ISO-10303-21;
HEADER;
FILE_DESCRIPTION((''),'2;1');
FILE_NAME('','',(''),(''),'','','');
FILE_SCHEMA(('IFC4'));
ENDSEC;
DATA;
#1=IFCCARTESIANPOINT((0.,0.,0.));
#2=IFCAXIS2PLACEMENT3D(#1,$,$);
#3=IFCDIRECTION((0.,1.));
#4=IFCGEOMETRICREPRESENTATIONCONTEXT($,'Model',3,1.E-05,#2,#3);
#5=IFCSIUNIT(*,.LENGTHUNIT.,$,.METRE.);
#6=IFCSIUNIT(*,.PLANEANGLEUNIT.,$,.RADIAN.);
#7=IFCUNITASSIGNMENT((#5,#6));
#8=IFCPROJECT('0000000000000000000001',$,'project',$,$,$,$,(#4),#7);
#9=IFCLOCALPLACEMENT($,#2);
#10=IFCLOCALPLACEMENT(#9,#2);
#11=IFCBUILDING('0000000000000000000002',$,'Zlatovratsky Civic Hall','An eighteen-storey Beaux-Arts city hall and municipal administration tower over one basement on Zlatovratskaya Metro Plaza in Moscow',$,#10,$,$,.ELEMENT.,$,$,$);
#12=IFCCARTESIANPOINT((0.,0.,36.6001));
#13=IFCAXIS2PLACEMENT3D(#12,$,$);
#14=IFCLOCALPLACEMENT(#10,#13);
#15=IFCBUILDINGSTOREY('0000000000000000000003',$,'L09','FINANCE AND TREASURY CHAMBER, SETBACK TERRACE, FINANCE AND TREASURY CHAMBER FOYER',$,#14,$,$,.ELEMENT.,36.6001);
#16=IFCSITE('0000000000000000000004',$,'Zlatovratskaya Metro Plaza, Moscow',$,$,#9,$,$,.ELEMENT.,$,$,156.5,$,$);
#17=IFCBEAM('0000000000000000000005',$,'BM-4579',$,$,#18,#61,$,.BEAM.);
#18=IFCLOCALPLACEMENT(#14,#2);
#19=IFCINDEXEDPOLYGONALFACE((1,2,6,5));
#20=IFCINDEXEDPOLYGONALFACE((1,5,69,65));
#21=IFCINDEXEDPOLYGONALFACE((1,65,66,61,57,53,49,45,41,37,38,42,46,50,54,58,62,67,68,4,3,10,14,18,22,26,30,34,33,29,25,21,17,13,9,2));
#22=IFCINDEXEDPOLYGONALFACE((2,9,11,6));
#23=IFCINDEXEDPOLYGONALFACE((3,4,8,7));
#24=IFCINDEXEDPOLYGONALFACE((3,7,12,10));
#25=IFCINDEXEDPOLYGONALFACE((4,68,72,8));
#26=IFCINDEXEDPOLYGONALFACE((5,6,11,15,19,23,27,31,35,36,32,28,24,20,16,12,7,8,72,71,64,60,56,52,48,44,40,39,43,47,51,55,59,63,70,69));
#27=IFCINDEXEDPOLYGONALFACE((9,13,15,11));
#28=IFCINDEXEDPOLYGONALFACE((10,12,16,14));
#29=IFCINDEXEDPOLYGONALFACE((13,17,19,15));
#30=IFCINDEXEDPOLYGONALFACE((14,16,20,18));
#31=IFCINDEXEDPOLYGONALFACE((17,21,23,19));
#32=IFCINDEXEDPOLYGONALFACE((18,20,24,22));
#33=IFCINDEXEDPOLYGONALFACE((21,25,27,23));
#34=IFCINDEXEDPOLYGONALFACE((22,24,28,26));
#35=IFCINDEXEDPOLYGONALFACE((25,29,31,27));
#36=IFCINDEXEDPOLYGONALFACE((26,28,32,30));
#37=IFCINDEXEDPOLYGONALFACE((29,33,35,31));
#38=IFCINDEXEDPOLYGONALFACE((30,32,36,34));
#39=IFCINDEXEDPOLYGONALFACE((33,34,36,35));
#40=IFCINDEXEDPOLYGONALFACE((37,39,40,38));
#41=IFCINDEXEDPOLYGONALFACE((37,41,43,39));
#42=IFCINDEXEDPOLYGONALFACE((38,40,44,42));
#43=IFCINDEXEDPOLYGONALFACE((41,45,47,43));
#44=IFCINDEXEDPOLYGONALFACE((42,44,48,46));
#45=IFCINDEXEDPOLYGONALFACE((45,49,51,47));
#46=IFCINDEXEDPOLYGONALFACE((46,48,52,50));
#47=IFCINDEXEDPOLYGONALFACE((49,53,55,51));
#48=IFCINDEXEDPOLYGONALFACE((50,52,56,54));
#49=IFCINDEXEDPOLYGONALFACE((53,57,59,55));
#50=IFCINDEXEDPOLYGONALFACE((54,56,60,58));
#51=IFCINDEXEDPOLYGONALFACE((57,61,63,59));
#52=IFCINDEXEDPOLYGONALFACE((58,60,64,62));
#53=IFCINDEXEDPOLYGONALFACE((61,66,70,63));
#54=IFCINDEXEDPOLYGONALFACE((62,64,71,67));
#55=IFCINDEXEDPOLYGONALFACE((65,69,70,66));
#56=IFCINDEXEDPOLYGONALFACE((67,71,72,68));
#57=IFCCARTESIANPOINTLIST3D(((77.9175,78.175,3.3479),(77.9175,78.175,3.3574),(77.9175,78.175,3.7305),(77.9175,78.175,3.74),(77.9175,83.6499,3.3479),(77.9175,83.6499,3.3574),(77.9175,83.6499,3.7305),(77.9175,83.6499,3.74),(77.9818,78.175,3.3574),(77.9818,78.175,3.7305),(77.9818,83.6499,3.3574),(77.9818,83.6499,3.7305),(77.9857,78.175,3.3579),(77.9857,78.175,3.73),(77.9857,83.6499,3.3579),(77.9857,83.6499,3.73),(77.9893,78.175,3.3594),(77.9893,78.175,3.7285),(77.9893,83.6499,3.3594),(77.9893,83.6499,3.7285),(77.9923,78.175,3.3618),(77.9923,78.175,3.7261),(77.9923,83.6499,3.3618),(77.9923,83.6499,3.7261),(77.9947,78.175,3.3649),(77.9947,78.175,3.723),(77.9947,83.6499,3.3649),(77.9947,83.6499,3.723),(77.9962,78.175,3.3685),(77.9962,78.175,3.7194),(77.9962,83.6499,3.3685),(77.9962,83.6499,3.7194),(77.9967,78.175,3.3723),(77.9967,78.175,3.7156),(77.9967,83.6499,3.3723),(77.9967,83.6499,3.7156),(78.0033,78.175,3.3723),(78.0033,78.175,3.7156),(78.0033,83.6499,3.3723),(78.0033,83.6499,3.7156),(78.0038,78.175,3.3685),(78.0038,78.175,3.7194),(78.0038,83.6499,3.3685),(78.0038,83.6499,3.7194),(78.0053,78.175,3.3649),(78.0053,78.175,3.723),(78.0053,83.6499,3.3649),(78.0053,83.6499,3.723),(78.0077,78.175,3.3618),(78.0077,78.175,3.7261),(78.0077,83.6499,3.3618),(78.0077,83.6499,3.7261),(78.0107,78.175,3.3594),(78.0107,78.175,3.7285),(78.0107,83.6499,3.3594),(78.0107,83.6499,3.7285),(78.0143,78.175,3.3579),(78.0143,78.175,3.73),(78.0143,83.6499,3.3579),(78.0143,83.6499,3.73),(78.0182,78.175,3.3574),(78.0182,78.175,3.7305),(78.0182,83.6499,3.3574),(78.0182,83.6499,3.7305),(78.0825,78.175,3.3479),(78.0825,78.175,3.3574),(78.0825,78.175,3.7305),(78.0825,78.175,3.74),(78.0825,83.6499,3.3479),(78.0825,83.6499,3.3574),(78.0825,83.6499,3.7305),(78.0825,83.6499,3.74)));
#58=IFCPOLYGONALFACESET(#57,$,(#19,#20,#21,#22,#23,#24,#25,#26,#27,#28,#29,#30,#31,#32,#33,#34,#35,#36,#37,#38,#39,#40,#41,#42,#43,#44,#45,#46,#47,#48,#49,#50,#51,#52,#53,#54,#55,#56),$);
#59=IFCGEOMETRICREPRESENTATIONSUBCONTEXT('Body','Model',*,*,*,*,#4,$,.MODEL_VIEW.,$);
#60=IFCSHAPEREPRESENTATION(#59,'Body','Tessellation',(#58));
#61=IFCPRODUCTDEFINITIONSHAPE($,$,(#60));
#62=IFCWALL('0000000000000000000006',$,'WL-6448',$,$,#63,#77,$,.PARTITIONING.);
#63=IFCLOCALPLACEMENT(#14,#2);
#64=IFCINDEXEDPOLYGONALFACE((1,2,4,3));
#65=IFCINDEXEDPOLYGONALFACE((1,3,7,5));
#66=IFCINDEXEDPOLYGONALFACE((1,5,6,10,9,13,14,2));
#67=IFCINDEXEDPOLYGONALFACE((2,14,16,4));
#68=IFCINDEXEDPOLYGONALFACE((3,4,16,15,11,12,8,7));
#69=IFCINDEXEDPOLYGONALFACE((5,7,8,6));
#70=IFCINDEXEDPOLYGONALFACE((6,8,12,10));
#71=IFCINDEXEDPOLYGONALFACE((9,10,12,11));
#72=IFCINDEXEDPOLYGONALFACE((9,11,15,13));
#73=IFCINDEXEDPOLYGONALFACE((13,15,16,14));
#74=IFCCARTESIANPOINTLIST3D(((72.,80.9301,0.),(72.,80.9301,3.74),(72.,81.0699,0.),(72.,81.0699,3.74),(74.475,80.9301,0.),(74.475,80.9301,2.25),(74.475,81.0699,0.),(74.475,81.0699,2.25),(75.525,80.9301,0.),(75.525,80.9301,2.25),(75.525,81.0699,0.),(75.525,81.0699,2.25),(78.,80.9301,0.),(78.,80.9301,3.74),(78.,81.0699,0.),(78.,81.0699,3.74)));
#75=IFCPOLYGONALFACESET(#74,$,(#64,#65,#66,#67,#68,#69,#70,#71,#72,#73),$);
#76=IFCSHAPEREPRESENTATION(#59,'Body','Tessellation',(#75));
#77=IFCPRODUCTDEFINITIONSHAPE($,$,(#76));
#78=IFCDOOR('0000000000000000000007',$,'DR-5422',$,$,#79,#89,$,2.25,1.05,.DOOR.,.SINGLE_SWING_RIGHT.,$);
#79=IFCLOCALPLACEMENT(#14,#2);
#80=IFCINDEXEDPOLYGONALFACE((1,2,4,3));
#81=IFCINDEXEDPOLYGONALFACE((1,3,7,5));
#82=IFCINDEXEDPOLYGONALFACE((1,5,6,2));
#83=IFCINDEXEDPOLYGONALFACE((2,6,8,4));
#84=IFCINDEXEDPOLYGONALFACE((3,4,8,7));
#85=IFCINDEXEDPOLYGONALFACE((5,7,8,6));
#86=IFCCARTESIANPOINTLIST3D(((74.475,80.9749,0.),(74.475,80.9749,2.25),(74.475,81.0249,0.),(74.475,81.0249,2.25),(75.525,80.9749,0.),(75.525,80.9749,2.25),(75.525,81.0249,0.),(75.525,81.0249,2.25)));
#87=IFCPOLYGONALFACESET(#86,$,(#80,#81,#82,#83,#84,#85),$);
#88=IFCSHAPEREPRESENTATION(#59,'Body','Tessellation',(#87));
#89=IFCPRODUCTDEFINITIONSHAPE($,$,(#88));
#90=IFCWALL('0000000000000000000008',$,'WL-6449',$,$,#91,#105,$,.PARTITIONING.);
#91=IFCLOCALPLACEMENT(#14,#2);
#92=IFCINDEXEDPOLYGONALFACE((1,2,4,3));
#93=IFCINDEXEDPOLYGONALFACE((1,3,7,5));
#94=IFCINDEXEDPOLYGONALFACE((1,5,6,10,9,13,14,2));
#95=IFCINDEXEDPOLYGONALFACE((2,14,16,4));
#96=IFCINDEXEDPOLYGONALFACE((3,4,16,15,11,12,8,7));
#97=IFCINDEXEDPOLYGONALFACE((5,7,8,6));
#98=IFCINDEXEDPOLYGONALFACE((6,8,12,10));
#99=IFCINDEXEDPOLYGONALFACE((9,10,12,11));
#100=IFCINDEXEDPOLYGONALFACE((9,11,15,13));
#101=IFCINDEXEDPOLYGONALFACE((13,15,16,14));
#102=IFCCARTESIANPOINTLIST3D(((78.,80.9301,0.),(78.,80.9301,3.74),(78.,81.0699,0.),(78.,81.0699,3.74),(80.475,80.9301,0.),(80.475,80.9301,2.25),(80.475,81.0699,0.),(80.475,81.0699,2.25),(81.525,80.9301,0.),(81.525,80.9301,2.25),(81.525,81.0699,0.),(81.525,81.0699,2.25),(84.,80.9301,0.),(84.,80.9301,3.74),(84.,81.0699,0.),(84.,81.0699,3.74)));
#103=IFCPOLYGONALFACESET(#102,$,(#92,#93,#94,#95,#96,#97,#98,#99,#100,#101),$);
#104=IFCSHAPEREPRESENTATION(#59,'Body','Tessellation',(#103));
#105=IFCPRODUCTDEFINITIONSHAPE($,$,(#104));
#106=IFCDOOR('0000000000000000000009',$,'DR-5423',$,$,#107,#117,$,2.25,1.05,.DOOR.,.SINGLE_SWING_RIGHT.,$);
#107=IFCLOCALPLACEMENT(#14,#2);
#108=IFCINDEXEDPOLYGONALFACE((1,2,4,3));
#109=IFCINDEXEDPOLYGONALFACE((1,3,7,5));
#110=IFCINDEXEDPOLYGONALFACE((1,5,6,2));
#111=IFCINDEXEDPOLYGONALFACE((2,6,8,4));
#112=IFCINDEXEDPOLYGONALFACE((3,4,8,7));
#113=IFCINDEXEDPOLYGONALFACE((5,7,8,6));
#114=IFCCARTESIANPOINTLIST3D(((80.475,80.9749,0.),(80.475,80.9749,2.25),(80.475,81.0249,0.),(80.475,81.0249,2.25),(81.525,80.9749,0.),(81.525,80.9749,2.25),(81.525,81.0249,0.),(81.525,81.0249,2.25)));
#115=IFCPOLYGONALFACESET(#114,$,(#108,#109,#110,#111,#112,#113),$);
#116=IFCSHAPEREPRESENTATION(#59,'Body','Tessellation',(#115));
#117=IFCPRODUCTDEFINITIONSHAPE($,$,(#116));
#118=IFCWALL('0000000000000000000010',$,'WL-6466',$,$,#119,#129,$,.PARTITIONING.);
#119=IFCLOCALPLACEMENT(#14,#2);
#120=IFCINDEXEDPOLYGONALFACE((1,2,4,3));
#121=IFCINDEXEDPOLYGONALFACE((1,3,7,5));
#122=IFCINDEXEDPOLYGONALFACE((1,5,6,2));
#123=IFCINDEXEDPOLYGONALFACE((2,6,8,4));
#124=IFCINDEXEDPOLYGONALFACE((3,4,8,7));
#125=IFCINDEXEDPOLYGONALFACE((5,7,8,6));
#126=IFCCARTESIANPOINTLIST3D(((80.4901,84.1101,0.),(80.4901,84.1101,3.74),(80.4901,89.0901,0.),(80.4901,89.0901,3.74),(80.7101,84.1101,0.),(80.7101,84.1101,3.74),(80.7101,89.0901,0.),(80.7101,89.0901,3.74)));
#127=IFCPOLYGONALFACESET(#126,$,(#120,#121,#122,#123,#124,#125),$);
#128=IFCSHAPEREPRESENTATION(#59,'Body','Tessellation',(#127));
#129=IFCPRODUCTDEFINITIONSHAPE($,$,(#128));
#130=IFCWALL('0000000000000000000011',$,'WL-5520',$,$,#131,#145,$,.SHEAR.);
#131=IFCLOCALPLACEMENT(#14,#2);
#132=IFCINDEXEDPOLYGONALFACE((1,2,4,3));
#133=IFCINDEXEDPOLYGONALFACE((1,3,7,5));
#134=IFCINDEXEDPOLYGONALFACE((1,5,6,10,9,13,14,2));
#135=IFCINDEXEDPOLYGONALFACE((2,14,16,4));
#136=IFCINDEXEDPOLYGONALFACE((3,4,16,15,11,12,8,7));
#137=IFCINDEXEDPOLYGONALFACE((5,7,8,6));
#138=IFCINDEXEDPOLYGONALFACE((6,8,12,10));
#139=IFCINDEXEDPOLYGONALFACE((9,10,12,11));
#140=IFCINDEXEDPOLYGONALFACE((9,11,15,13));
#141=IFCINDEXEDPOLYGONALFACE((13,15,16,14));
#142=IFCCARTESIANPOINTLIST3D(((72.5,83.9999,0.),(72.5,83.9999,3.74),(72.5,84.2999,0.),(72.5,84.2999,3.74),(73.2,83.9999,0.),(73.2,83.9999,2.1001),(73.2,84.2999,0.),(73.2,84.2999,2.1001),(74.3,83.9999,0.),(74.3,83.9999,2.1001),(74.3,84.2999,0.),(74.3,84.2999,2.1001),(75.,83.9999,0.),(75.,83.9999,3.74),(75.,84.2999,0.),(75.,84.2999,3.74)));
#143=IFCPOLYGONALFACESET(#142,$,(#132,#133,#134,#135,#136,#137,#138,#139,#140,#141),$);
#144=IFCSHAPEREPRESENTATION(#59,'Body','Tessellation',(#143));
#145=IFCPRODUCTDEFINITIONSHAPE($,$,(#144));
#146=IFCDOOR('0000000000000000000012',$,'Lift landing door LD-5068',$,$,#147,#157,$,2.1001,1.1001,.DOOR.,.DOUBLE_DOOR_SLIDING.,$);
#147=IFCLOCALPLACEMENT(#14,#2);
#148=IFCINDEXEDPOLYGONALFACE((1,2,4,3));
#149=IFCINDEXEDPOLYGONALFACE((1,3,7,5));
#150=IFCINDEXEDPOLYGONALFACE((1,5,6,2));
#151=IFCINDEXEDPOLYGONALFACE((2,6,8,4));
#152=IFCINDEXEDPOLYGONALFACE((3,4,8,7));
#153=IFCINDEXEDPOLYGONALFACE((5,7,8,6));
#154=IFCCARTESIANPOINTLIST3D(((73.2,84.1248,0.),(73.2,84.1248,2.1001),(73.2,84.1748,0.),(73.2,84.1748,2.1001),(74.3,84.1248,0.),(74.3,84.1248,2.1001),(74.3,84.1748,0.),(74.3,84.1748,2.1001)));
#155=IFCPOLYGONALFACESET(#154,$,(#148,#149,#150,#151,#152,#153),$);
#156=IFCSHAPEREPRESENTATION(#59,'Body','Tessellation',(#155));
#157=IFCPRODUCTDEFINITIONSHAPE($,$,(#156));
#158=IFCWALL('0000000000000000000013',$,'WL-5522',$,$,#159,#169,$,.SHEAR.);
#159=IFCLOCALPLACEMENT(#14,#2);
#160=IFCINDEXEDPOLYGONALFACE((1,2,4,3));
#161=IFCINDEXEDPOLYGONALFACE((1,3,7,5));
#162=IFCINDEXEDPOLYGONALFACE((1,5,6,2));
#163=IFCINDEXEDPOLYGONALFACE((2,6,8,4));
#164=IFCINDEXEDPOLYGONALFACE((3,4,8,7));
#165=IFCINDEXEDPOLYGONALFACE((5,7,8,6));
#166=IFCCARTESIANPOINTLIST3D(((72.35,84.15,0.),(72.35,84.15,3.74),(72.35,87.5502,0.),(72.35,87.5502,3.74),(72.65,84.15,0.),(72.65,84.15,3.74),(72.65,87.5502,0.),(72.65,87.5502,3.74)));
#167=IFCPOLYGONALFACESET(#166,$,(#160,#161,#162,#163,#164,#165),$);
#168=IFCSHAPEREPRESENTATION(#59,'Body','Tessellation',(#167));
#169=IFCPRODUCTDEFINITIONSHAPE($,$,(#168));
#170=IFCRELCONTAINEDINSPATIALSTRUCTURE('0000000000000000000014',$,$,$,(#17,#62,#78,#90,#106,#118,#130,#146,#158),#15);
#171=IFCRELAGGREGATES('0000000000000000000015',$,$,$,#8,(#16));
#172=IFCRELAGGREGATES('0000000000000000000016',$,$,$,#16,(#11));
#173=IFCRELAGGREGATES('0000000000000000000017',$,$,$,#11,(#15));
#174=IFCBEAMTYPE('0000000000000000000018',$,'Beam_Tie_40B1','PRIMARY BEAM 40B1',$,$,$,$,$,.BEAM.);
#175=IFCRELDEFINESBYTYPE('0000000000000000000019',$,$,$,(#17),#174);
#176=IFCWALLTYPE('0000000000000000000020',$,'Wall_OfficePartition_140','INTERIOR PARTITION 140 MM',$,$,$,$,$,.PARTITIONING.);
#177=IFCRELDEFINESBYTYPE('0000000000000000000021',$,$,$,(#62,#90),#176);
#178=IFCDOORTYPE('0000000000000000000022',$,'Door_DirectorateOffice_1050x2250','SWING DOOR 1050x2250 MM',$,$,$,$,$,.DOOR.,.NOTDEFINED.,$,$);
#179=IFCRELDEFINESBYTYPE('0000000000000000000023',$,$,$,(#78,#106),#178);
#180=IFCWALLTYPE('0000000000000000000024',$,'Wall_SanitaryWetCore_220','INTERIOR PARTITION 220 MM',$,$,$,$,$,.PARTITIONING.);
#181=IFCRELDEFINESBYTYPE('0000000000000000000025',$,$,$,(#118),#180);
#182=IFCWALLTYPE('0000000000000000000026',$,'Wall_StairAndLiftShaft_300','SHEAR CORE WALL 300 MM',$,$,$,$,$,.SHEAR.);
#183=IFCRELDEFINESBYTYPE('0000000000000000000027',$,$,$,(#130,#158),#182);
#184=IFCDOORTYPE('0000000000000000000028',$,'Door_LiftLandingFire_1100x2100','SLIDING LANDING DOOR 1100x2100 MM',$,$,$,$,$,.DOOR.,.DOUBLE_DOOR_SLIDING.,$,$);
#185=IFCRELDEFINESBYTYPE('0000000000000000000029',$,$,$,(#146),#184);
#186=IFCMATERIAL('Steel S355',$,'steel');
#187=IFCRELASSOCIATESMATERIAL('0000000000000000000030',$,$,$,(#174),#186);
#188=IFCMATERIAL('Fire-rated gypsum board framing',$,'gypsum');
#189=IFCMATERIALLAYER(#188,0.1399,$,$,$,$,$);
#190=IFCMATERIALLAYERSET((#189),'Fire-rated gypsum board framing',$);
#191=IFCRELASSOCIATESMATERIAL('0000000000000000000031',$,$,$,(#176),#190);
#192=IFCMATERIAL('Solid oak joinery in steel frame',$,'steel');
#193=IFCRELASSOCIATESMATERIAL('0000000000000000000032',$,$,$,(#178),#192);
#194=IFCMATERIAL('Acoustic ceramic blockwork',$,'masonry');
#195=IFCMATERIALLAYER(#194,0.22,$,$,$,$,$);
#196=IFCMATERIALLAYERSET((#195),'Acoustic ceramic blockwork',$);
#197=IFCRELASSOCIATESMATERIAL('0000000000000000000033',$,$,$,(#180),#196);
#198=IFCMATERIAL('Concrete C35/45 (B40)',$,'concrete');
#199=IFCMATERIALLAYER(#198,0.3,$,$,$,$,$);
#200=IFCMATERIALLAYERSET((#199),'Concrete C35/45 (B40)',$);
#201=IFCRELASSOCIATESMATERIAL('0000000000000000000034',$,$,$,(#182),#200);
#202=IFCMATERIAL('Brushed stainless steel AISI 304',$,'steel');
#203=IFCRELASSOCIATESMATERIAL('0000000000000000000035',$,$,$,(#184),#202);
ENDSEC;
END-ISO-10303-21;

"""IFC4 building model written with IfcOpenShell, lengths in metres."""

from ifc_helpers import new_model, si_unit, direction, frame, frame_2d, origin, origin_2d, place, context, subcontext, project, spatial, rectangle, i_section, extrude, material, layer, layer_set, material_profile, profile_set, type_object, element, fill, save


model = new_model("IFC4")

# Units and contexts
model_context = context("Model", 3, precision=1e-05, world=origin(), true_north=direction((0.0, 1.0)))
body_context = subcontext(model_context, "Body", "Model", "MODEL_VIEW")
ifc_project = project(units=[si_unit("LENGTHUNIT", "METRE"), si_unit("PLANEANGLEUNIT", "RADIAN")], contexts=[model_context])

# Site, building, storey
site_placement = place(None, origin())
site = spatial("IfcSite", under=ifc_project, at=site_placement, Name="Zlatovratskaya Metro Plaza, Moscow", CompositionType="ELEMENT", RefElevation=156.5)
building_placement = place(site_placement, origin())
building = spatial("IfcBuilding", under=site, at=building_placement, Name="Zlatovratsky Civic Hall", Description="An eighteen-storey Beaux-Arts city hall and municipal administration tower over one basement on Zlatovratskaya Metro Plaza in Moscow", CompositionType="ELEMENT")
storey_placement = place(building_placement, frame((0.0, 0.0, 36.6001)))
storey = spatial("IfcBuildingStorey", under=building, at=storey_placement, Name="L09", Description="FINANCE AND TREASURY CHAMBER, SETBACK TERRACE, FINANCE AND TREASURY CHAMBER FOYER", CompositionType="ELEMENT", Elevation=36.6001)

# Shared definitions
ifc_material_1 = material(Name="Concrete C35/45 (B40)", Category="concrete")
ifc_material_2 = material(Name="Steel S355", Category="steel")

# Beam
ifc_material_profile_1 = material_profile(ifc_material_2, i_section(OverallWidth=0.165, OverallDepth=0.3921, WebThickness=0.0066, FlangeThickness=0.0095, FilletRadius=0.0149, at=origin_2d()), Name="40B1")
ifc_profile_set_1 = profile_set([ifc_material_profile_1], Name="Steel S355")
beam_type = type_object("IfcBeamType", Name="Beam_Tie_40B1", Description="PRIMARY BEAM 40B1", PredefinedType="BEAM", material=ifc_profile_set_1)
beam_1_placement = place(storey_placement, frame((78.0, 78.175, 3.5439), z_axis=(0.0, 1.0, 0.0), x_axis=(-1.0, 0.0, 0.0)))
element("IfcBeam", 1, at=beam_1_placement, inside=storey, type_object=beam_type, Name="BM-4579", PredefinedType="BEAM", context=body_context, shape_type="SweptSolid", body=[
    extrude(i_section(OverallWidth=0.165, OverallDepth=0.3921, WebThickness=0.0066, FlangeThickness=0.0095, FilletRadius=0.0149, at=origin_2d()), origin(), (0.0, 0.0, 1.0), 5.4749),
])

# Walls, openings, doors
ifc_material_3 = material(Name="Fire-rated gypsum board framing", Category="gypsum")
ifc_layer_1 = layer(ifc_material_3, 0.1399)
ifc_layer_set_1 = layer_set([ifc_layer_1], Name="Fire-rated gypsum board framing")
wall_type_1 = type_object("IfcWallType", Name="Wall_OfficePartition_140", Description="INTERIOR PARTITION 140 MM", PredefinedType="PARTITIONING", material=ifc_layer_set_1)
wall_1_placement = place(storey_placement, frame((72.0, 81.0, 0.0), z_axis=(0.0, 0.0, 1.0), x_axis=(1.0, 0.0, 0.0)))
wall_1 = element("IfcWall", 2, at=wall_1_placement, inside=storey, type_object=wall_type_1, Name="WL-6448", PredefinedType="PARTITIONING", context=body_context, shape_type="SweptSolid", body=[
    extrude(rectangle(XDim=6.0, YDim=0.1399, at=frame_2d((3.0, 0.0))), origin(), (0.0, 0.0, 1.0), 3.74),
])
opening_1_placement = place(wall_1_placement, frame((2.4751, 0.0, 0.0)))
opening_1 = element("IfcOpeningElement", 3, at=opening_1_placement, cuts=wall_1, PredefinedType="OPENING", context=body_context, shape_type="SweptSolid", body=[
    extrude(rectangle(XDim=1.05, YDim=2.25, at=frame_2d((0.5249, 1.125))), frame((0.0, 0.085, 0.0), z_axis=(0.0, -1.0, 0.0), x_axis=(1.0, 0.0, 0.0)), (0.0, 0.0, 1.0), 0.1697),
])
ifc_material_4 = material(Name="Solid oak joinery in steel frame", Category="steel")
door_type_1 = type_object("IfcDoorType", Name="Door_DirectorateOffice_1050x2250", Description="SWING DOOR 1050x2250 MM", OperationType="NOTDEFINED", PredefinedType="DOOR", material=ifc_material_4)
door_1_placement = place(opening_1_placement, origin())
door_1 = element("IfcDoor", 4, at=door_1_placement, inside=storey, type_object=door_type_1, Name="DR-5422", OperationType="SINGLE_SWING_RIGHT", OverallHeight=2.25, OverallWidth=1.05, PredefinedType="DOOR", context=body_context, shape_type="SweptSolid", body=[
    extrude(rectangle(XDim=1.05, YDim=2.25, at=frame_2d((0.5249, 1.125))), frame((0.0, 0.0249, 0.0), z_axis=(0.0, -1.0, 0.0), x_axis=(1.0, 0.0, 0.0)), (0.0, 0.0, 1.0), 0.05),
])
fill(opening_1, door_1)
wall_2_placement = place(storey_placement, frame((78.0, 81.0, 0.0), z_axis=(0.0, 0.0, 1.0), x_axis=(1.0, 0.0, 0.0)))
wall_2 = element("IfcWall", 5, at=wall_2_placement, inside=storey, type_object=wall_type_1, Name="WL-6449", PredefinedType="PARTITIONING", context=body_context, shape_type="SweptSolid", body=[
    extrude(rectangle(XDim=6.0, YDim=0.1399, at=frame_2d((3.0, 0.0))), origin(), (0.0, 0.0, 1.0), 3.74),
])
opening_2_placement = place(wall_2_placement, frame((2.4751, 0.0, 0.0)))
opening_2 = element("IfcOpeningElement", 6, at=opening_2_placement, cuts=wall_2, PredefinedType="OPENING", context=body_context, shape_type="SweptSolid", body=[
    extrude(rectangle(XDim=1.05, YDim=2.25, at=frame_2d((0.5249, 1.125))), frame((0.0, 0.085, 0.0), z_axis=(0.0, -1.0, 0.0), x_axis=(1.0, 0.0, 0.0)), (0.0, 0.0, 1.0), 0.1697),
])
door_2_placement = place(opening_2_placement, origin())
door_2 = element("IfcDoor", 7, at=door_2_placement, inside=storey, type_object=door_type_1, Name="DR-5423", OperationType="SINGLE_SWING_RIGHT", OverallHeight=2.25, OverallWidth=1.05, PredefinedType="DOOR", context=body_context, shape_type="SweptSolid", body=[
    extrude(rectangle(XDim=1.05, YDim=2.25, at=frame_2d((0.5249, 1.125))), frame((0.0, 0.0249, 0.0), z_axis=(0.0, -1.0, 0.0), x_axis=(1.0, 0.0, 0.0)), (0.0, 0.0, 1.0), 0.05),
])
fill(opening_2, door_2)
ifc_material_5 = material(Name="Acoustic ceramic blockwork", Category="masonry")
ifc_layer_2 = layer(ifc_material_5, 0.22)
ifc_layer_set_2 = layer_set([ifc_layer_2], Name="Acoustic ceramic blockwork")
wall_type_2 = type_object("IfcWallType", Name="Wall_SanitaryWetCore_220", Description="INTERIOR PARTITION 220 MM", PredefinedType="PARTITIONING", material=ifc_layer_set_2)

# Wall
wall_3_placement = place(storey_placement, frame((80.6001, 84.1101, 0.0), z_axis=(0.0, 0.0, 1.0), x_axis=(0.0, 1.0, 0.0)))
element("IfcWall", 8, at=wall_3_placement, inside=storey, type_object=wall_type_2, Name="WL-6466", PredefinedType="PARTITIONING", context=body_context, shape_type="SweptSolid", body=[
    extrude(rectangle(XDim=4.98, YDim=0.22, at=frame_2d((2.49, 0.0))), origin(), (0.0, 0.0, 1.0), 3.74),
])

# Wall, opening, door
ifc_layer_3 = layer(ifc_material_1, 0.3)
ifc_layer_set_3 = layer_set([ifc_layer_3], Name="Concrete C35/45 (B40)")
wall_type_3 = type_object("IfcWallType", Name="Wall_StairAndLiftShaft_300", Description="SHEAR CORE WALL 300 MM", PredefinedType="SHEAR", material=ifc_layer_set_3)
wall_4_placement = place(storey_placement, frame((72.5, 84.1499, 0.0), z_axis=(0.0, 0.0, 1.0), x_axis=(1.0, 0.0, 0.0)))
wall_4 = element("IfcWall", 9, at=wall_4_placement, inside=storey, type_object=wall_type_3, Name="WL-5520", PredefinedType="SHEAR", context=body_context, shape_type="SweptSolid", body=[
    extrude(rectangle(XDim=2.5, YDim=0.3, at=frame_2d((1.25, 0.0))), origin(), (0.0, 0.0, 1.0), 3.74),
])
opening_3_placement = place(wall_4_placement, frame((0.7, 0.0, 0.0)))
opening_3 = element("IfcOpeningElement", 10, at=opening_3_placement, cuts=wall_4, PredefinedType="OPENING", context=body_context, shape_type="SweptSolid", body=[
    extrude(rectangle(XDim=1.1001, YDim=2.1001, at=frame_2d((0.55, 1.05))), frame((0.0, 0.165, 0.0), z_axis=(0.0, -1.0, 0.0), x_axis=(1.0, 0.0, 0.0)), (0.0, 0.0, 1.0), 0.3298),
])
ifc_material_6 = material(Name="Brushed stainless steel AISI 304", Category="steel")
door_type_2 = type_object("IfcDoorType", Name="Door_LiftLandingFire_1100x2100", Description="SLIDING LANDING DOOR 1100x2100 MM", OperationType="DOUBLE_DOOR_SLIDING", PredefinedType="DOOR", material=ifc_material_6)
door_3_placement = place(opening_3_placement, origin())
door_3 = element("IfcDoor", 11, at=door_3_placement, inside=storey, type_object=door_type_2, Name="Lift landing door LD-5068", OperationType="DOUBLE_DOOR_SLIDING", OverallHeight=2.1001, OverallWidth=1.1001, PredefinedType="DOOR", context=body_context, shape_type="SweptSolid", body=[
    extrude(rectangle(XDim=1.1001, YDim=2.1001, at=frame_2d((0.55, 1.05))), frame((0.0, 0.0249, 0.0), z_axis=(0.0, -1.0, 0.0), x_axis=(1.0, 0.0, 0.0)), (0.0, 0.0, 1.0), 0.05),
])
fill(opening_3, door_3)

# Wall
wall_5_placement = place(storey_placement, frame((72.5, 84.1499, 0.0), z_axis=(0.0, 0.0, 1.0), x_axis=(0.0, 1.0, 0.0)))
element("IfcWall", 12, at=wall_5_placement, inside=storey, type_object=wall_type_3, Name="WL-5522", PredefinedType="SHEAR", context=body_context, shape_type="SweptSolid", body=[
    extrude(rectangle(XDim=3.4001, YDim=0.3, at=frame_2d((1.7002, 0.0))), origin(), (0.0, 0.0, 1.0), 3.74),
])

save(model, "model.ifc")
